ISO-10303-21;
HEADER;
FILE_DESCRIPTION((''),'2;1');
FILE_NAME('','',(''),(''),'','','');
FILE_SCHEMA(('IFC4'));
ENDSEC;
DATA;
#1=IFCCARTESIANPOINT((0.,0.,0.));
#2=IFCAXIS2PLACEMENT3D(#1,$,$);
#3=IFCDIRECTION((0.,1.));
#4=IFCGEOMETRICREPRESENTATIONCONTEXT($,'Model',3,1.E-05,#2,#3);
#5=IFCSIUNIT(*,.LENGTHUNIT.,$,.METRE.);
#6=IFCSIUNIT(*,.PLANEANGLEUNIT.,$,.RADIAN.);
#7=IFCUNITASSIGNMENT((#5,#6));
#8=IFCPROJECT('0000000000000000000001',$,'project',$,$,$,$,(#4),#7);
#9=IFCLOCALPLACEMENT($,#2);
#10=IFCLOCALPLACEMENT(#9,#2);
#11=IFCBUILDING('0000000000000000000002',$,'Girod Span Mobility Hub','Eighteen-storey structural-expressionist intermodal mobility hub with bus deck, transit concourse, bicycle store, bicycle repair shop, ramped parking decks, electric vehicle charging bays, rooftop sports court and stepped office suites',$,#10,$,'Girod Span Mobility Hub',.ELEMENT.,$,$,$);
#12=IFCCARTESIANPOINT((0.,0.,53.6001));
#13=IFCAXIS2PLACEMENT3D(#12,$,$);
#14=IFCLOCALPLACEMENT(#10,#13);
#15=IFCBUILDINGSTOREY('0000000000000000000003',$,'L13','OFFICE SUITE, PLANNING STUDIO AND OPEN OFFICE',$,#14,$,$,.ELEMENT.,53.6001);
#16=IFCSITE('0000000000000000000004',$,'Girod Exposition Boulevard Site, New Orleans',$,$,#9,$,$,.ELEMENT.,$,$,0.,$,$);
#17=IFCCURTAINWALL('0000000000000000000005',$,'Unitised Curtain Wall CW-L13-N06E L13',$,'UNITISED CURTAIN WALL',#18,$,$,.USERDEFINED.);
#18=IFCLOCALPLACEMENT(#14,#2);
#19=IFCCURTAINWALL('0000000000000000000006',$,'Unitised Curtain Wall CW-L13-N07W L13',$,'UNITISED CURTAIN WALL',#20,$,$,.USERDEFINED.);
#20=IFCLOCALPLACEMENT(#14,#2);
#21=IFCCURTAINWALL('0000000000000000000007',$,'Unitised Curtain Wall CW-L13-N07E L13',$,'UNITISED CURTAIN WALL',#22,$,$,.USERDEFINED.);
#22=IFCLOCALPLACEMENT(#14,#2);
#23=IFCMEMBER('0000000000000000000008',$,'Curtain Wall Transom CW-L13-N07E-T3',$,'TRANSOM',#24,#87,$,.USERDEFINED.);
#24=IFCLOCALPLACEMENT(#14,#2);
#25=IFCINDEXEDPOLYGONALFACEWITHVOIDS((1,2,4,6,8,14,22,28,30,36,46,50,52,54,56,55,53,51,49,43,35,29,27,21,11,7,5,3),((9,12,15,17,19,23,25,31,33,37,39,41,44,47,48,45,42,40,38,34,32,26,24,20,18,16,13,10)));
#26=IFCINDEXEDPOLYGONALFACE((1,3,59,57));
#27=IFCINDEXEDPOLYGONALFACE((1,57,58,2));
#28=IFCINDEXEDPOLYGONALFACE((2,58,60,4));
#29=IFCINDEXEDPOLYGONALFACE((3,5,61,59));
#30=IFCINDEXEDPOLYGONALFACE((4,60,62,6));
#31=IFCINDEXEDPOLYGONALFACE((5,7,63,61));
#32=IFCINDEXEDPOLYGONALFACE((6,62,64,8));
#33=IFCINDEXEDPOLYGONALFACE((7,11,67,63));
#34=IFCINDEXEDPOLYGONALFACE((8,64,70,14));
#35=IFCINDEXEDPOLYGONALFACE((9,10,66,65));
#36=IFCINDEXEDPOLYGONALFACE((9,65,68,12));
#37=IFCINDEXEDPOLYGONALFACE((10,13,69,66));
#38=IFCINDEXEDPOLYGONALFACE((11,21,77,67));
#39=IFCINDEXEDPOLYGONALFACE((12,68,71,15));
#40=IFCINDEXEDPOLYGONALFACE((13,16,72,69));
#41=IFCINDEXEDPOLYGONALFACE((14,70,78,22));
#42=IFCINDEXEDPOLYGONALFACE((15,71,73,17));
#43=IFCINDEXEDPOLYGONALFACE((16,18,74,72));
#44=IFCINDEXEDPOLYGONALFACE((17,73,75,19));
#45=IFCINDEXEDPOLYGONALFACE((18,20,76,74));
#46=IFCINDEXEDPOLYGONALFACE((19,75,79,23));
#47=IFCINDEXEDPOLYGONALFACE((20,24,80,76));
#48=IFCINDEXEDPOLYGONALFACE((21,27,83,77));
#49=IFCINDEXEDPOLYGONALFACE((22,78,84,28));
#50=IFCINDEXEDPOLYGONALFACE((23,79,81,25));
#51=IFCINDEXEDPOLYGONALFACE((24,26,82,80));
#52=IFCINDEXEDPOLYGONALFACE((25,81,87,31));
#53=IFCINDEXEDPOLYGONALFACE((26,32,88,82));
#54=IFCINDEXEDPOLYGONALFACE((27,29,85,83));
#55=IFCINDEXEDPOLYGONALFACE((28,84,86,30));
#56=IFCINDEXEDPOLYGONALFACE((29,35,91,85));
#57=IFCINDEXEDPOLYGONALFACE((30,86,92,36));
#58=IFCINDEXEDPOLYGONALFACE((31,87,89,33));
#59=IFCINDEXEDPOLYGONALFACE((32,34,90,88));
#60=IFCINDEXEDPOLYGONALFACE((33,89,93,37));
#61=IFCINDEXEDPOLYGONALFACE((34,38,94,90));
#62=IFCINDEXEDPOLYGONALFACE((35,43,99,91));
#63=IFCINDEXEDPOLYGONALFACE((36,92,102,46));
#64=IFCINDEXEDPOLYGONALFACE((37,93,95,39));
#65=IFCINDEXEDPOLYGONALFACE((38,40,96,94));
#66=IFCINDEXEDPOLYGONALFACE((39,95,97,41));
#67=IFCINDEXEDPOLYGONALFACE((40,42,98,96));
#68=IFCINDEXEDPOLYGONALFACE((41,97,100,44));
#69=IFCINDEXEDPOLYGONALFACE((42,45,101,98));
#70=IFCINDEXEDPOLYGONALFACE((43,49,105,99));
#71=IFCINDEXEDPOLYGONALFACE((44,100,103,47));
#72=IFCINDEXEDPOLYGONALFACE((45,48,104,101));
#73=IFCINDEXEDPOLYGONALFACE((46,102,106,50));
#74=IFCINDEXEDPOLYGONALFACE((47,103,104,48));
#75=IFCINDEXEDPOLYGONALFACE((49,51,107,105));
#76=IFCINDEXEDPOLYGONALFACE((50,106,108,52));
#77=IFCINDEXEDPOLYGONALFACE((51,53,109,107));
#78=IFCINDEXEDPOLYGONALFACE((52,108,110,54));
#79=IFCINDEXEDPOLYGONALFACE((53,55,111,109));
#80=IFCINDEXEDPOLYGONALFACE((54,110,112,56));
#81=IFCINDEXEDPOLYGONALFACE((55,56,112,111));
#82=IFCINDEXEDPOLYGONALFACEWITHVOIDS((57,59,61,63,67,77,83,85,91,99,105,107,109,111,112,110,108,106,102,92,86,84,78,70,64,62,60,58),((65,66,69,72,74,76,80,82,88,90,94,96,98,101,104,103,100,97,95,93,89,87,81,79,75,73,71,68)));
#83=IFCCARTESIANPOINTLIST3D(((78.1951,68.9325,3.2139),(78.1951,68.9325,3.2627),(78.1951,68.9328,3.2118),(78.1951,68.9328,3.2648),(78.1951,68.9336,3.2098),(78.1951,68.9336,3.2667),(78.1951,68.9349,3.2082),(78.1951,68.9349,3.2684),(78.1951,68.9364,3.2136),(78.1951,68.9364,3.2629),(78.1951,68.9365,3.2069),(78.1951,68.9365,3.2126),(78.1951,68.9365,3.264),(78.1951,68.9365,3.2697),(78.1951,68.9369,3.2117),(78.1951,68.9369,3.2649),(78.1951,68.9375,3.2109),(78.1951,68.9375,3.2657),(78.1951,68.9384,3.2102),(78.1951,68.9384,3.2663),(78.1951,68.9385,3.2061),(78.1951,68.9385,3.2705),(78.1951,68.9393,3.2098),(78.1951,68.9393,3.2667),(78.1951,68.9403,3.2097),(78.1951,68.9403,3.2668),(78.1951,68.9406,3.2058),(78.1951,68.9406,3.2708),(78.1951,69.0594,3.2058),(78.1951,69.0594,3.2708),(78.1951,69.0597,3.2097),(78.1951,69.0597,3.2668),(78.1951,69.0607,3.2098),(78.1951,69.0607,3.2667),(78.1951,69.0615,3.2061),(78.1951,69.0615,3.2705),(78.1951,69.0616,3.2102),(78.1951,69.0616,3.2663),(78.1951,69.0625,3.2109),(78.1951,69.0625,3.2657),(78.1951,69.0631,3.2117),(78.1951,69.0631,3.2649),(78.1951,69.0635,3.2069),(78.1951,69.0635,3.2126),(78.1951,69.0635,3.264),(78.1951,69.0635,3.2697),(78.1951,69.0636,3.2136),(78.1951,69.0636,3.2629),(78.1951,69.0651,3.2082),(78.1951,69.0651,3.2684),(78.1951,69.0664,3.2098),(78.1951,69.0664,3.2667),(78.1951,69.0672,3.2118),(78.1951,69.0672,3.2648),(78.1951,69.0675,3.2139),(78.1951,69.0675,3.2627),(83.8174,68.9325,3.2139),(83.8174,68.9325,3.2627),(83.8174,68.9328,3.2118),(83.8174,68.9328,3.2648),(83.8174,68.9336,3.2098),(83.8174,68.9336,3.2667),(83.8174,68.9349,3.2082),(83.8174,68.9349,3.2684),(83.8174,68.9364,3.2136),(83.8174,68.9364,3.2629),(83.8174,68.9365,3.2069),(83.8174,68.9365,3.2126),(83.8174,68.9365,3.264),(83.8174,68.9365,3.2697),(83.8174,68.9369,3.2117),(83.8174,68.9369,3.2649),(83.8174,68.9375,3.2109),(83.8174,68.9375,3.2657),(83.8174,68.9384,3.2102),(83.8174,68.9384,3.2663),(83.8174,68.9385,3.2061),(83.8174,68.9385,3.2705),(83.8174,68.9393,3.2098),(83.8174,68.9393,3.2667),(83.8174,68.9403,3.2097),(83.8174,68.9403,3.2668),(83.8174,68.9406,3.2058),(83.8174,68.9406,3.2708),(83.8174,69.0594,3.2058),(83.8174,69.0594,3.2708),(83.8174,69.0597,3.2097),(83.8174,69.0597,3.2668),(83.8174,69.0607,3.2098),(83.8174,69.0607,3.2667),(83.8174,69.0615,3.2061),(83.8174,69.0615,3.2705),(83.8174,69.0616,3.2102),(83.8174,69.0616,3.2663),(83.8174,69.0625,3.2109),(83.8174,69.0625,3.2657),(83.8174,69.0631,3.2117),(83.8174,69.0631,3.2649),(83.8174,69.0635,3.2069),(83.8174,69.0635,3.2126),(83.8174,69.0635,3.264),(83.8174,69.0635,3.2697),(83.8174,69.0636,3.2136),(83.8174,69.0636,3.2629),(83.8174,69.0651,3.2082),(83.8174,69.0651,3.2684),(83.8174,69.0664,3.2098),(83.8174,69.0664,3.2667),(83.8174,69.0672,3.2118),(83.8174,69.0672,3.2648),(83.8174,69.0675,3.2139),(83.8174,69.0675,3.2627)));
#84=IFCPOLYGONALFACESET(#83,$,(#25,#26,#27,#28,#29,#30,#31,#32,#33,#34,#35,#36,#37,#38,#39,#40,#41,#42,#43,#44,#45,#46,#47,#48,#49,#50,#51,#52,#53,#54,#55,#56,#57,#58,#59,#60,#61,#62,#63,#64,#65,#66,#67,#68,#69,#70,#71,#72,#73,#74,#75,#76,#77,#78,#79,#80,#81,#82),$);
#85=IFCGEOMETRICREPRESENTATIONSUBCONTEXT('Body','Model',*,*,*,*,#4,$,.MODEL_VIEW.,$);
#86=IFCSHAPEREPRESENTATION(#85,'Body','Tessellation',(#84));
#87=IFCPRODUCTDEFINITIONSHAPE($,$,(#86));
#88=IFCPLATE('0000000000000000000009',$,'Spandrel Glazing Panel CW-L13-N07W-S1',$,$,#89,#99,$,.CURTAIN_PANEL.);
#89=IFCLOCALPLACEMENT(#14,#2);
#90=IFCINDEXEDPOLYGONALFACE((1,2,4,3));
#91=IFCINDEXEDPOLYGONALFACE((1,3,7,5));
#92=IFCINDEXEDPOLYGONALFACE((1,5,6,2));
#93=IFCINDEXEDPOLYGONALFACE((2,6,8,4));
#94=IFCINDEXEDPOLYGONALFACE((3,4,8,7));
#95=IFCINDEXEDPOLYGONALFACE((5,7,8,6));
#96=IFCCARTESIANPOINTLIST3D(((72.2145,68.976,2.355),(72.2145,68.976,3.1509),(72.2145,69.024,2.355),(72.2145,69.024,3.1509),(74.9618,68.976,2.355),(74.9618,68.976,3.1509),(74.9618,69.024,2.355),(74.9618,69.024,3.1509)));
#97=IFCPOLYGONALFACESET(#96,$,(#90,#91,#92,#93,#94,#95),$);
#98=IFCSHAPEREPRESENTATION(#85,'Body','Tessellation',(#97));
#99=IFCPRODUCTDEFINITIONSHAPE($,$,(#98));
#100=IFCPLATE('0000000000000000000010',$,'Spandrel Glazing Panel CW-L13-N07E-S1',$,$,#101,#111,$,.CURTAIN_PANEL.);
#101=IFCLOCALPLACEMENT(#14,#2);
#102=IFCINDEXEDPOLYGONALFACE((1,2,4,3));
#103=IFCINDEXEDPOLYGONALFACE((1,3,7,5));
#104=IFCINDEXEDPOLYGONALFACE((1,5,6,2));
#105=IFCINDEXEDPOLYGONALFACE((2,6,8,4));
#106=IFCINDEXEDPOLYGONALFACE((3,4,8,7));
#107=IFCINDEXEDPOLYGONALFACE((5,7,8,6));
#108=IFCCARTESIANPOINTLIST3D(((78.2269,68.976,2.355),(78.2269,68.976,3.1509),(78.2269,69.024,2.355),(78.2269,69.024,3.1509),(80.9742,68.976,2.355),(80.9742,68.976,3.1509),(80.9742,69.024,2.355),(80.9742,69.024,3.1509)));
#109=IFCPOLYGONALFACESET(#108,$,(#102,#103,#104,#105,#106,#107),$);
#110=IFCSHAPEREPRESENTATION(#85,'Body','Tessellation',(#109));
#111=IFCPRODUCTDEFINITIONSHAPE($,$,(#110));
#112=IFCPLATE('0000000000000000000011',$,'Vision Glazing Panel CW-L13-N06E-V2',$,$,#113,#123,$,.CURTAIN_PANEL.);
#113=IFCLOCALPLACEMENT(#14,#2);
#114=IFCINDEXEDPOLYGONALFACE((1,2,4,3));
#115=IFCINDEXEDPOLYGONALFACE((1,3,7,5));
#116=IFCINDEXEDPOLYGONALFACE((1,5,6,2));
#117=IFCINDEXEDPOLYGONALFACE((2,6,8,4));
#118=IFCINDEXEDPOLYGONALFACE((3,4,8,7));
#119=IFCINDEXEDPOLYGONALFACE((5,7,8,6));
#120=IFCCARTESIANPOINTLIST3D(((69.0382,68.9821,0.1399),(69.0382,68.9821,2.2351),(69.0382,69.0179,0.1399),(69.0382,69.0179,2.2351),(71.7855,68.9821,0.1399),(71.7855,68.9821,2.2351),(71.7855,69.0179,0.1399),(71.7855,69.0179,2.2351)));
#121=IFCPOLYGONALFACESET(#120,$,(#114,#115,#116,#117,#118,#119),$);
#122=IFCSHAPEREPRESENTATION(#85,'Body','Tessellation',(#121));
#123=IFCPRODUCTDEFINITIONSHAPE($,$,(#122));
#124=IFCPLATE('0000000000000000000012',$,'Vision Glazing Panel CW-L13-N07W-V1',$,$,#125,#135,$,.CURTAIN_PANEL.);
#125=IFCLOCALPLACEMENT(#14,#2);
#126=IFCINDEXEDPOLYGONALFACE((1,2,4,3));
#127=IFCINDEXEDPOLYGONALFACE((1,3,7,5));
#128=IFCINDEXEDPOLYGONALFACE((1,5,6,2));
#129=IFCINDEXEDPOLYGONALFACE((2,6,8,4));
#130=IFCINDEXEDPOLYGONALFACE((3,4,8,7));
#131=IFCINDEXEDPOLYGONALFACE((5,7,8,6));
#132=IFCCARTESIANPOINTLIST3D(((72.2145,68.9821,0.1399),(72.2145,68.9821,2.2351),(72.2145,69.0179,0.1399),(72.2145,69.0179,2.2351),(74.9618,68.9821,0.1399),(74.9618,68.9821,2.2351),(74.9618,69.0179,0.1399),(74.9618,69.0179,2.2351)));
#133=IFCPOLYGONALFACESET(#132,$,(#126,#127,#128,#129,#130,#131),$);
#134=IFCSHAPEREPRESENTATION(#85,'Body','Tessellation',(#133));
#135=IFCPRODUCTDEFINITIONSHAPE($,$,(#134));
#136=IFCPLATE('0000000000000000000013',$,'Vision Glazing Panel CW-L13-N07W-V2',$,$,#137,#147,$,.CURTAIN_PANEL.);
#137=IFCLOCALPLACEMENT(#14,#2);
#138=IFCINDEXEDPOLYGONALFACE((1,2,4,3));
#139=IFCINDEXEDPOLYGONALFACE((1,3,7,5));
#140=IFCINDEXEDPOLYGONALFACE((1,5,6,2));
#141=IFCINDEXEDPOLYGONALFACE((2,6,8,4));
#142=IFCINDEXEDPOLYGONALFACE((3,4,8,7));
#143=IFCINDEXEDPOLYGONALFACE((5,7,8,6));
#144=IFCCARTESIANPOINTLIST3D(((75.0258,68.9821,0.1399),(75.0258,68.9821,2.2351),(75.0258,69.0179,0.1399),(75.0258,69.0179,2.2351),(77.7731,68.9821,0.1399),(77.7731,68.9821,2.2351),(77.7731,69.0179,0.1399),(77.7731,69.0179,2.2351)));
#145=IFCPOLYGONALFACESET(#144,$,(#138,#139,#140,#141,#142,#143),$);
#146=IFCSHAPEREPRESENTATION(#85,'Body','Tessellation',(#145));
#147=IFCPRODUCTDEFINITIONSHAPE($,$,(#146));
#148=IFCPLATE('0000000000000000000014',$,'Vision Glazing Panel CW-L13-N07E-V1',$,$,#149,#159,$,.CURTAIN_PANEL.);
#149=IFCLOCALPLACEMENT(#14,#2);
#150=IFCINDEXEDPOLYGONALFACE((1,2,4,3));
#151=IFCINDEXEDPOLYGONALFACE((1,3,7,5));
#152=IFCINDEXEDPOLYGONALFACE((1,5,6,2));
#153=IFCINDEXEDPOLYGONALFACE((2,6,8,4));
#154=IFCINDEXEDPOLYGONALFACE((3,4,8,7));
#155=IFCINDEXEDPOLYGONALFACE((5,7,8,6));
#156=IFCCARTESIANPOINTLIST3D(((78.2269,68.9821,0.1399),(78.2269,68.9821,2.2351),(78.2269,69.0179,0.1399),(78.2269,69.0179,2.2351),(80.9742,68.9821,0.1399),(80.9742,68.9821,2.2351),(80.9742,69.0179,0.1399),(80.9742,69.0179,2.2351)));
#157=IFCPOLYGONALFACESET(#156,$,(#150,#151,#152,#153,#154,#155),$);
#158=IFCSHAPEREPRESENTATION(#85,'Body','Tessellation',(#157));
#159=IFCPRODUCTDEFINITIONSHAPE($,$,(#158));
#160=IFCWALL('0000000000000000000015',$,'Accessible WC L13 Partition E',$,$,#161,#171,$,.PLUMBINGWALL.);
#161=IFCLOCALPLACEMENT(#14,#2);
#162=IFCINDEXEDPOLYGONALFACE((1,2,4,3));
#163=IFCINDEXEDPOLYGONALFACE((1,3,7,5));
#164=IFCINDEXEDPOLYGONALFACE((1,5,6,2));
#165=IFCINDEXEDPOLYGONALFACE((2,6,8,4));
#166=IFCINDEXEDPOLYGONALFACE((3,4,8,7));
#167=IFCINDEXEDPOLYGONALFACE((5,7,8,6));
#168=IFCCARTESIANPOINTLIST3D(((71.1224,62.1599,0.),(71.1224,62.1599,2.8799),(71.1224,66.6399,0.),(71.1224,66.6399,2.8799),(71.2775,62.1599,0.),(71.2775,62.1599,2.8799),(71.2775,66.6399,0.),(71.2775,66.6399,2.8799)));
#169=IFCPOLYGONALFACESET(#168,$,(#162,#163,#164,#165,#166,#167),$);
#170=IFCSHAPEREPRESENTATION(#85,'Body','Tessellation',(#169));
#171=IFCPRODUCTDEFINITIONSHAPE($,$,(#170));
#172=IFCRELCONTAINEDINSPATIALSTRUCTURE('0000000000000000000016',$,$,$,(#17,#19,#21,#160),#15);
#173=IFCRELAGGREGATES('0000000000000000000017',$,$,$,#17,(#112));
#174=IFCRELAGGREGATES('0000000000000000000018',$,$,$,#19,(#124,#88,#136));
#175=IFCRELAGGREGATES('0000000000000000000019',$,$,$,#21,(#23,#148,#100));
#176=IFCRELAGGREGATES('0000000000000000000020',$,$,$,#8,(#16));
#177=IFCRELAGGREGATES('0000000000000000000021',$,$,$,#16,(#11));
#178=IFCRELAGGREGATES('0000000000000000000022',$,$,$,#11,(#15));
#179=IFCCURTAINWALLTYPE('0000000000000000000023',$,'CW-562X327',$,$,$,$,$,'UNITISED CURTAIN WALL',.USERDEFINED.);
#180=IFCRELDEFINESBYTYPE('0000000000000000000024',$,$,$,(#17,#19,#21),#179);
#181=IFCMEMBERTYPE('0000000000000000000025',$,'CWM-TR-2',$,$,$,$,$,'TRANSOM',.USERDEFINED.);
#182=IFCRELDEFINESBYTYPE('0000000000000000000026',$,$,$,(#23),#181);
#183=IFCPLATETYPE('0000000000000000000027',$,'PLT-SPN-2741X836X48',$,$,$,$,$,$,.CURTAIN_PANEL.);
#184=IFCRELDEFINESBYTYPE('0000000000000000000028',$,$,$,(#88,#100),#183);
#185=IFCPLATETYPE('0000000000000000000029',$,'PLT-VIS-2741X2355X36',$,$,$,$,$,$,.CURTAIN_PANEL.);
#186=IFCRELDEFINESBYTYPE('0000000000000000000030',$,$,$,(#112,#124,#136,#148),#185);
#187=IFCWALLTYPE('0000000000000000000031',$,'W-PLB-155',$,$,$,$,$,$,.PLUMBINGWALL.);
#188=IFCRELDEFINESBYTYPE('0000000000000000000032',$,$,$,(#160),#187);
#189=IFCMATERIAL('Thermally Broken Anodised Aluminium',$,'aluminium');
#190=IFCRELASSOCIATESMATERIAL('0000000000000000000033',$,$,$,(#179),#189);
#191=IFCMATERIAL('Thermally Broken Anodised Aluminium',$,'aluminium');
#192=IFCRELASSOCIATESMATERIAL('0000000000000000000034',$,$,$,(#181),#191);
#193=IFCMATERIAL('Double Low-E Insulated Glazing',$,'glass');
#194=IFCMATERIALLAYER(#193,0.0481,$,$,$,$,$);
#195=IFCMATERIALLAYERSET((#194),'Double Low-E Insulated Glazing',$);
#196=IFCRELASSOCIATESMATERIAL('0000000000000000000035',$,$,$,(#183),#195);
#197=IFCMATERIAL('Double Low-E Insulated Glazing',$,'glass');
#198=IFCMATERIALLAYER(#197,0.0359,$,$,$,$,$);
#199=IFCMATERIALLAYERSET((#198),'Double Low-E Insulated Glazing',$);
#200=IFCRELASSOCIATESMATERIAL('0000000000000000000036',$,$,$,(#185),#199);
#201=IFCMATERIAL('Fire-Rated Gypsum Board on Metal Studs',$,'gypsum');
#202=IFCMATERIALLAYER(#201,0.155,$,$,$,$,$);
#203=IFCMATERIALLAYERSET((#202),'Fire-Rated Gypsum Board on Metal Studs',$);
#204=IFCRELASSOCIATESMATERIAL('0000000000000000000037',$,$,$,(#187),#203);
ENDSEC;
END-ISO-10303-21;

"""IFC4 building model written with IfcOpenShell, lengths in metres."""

from ifc_helpers import new_model, si_unit, direction, frame, frame_2d, origin, origin_2d, place, context, subcontext, project, spatial, rectangle, hollow_rectangle, extrude, material, layer, layer_set, material_profile, profile_set, type_object, element, aggregate, save


model = new_model("IFC4")

# Units and contexts
model_context = context("Model", 3, precision=1e-05, world=origin(), true_north=direction((0.0, 1.0)))
body_context = subcontext(model_context, "Body", "Model", "MODEL_VIEW")
ifc_project = project(units=[si_unit("LENGTHUNIT", "METRE"), si_unit("PLANEANGLEUNIT", "RADIAN")], contexts=[model_context])

# Site, building, storey
site_placement = place(None, origin())
site = spatial("IfcSite", under=ifc_project, at=site_placement, Name="Girod Exposition Boulevard Site, New Orleans", CompositionType="ELEMENT", RefElevation=0.0)
building_placement = place(site_placement, origin())
building = spatial("IfcBuilding", under=site, at=building_placement, Name="Girod Span Mobility Hub", Description="Eighteen-storey structural-expressionist intermodal mobility hub with bus deck, transit concourse, bicycle store, bicycle repair shop, ramped parking decks, electric vehicle charging bays, rooftop sports court and stepped office suites", LongName="Girod Span Mobility Hub", CompositionType="ELEMENT")
storey_placement = place(building_placement, frame((0.0, 0.0, 53.6001)))
storey = spatial("IfcBuildingStorey", under=building, at=storey_placement, Name="L13", Description="OFFICE SUITE, PLANNING STUDIO AND OPEN OFFICE", CompositionType="ELEMENT", Elevation=53.6001)

# Curtain wall
ifc_material_1 = material(Name="Thermally Broken Anodised Aluminium", Category="aluminium")
curtain_wall_type = type_object("IfcCurtainWallType", Name="CW-562X327", ElementType="UNITISED CURTAIN WALL", PredefinedType="USERDEFINED", material=ifc_material_1)
curtain_wall_1_placement = place(storey_placement, origin())
curtain_wall_1 = element("IfcCurtainWall", 1, at=curtain_wall_1_placement, inside=storey, type_object=curtain_wall_type, Name="Unitised Curtain Wall CW-L13-N06E L13", ObjectType="UNITISED CURTAIN WALL", PredefinedType="USERDEFINED")

# Curtain wall
curtain_wall_2_placement = place(storey_placement, origin())
curtain_wall_2 = element("IfcCurtainWall", 2, at=curtain_wall_2_placement, inside=storey, type_object=curtain_wall_type, Name="Unitised Curtain Wall CW-L13-N07W L13", ObjectType="UNITISED CURTAIN WALL", PredefinedType="USERDEFINED")

# Curtain wall
curtain_wall_3_placement = place(storey_placement, origin())
curtain_wall_3 = element("IfcCurtainWall", 3, at=curtain_wall_3_placement, inside=storey, type_object=curtain_wall_type, Name="Unitised Curtain Wall CW-L13-N07E L13", ObjectType="UNITISED CURTAIN WALL", PredefinedType="USERDEFINED")

# Member
ifc_material_2 = material(Name="Thermally Broken Anodised Aluminium", Category="aluminium")
ifc_material_profile_1 = material_profile(ifc_material_2, hollow_rectangle(XDim=0.135, YDim=0.0649, WallThickness=0.0039, InnerFilletRadius=0.0039, OuterFilletRadius=0.0081, at=origin_2d()), Name="CW-TR-65X135")
ifc_profile_set_1 = profile_set([ifc_material_profile_1], Name="Thermally Broken Anodised Aluminium")
member_type_1 = type_object("IfcMemberType", Name="CWM-TR-2", ElementType="TRANSOM", PredefinedType="USERDEFINED", material=ifc_profile_set_1)
member_1_placement = place(storey_placement, frame((78.1951, 69.0, 3.2383), z_axis=(1.0, 0.0, 0.0), x_axis=(0.0, 1.0, 0.0)))
member_1 = element("IfcMember", 4, at=member_1_placement, type_object=member_type_1, Name="Curtain Wall Transom CW-L13-N07E-T3", ObjectType="TRANSOM", PredefinedType="USERDEFINED", context=body_context, shape_type="SweptSolid", body=[
    extrude(hollow_rectangle(XDim=0.135, YDim=0.0649, WallThickness=0.0039, InnerFilletRadius=0.0039, OuterFilletRadius=0.0081, at=origin_2d()), origin(), (0.0, 0.0, 1.0), 5.6223),
])

# Plates
ifc_material_3 = material(Name="Double Low-E Insulated Glazing", Category="glass")
ifc_layer_1 = layer(ifc_material_3, 0.0481)
ifc_layer_set_1 = layer_set([ifc_layer_1], Name="Double Low-E Insulated Glazing")
plate_type_1 = type_object("IfcPlateType", Name="PLT-SPN-2741X836X48", PredefinedType="CURTAIN_PANEL", material=ifc_layer_set_1)
plate_1_placement = place(storey_placement, frame((73.5881, 69.0, 2.355), z_axis=(0.0, 0.0, 1.0), x_axis=(1.0, 0.0, 0.0)))
plate_1 = element("IfcPlate", 5, at=plate_1_placement, type_object=plate_type_1, Name="Spandrel Glazing Panel CW-L13-N07W-S1", PredefinedType="CURTAIN_PANEL", context=body_context, shape_type="SweptSolid", body=[
    extrude(rectangle(XDim=2.7473, YDim=0.0481, at=origin_2d()), origin(), (0.0, 0.0, 1.0), 0.7959),
])
plate_2_placement = place(storey_placement, frame((79.6006, 69.0, 2.355), z_axis=(0.0, 0.0, 1.0), x_axis=(1.0, 0.0, 0.0)))
plate_2 = element("IfcPlate", 6, at=plate_2_placement, type_object=plate_type_1, Name="Spandrel Glazing Panel CW-L13-N07E-S1", PredefinedType="CURTAIN_PANEL", context=body_context, shape_type="SweptSolid", body=[
    extrude(rectangle(XDim=2.7473, YDim=0.0481, at=origin_2d()), origin(), (0.0, 0.0, 1.0), 0.7959),
])
ifc_material_4 = material(Name="Double Low-E Insulated Glazing", Category="glass")
ifc_layer_2 = layer(ifc_material_4, 0.0359)
ifc_layer_set_2 = layer_set([ifc_layer_2], Name="Double Low-E Insulated Glazing")
plate_type_2 = type_object("IfcPlateType", Name="PLT-VIS-2741X2355X36", PredefinedType="CURTAIN_PANEL", material=ifc_layer_set_2)
plate_3_placement = place(storey_placement, frame((70.4119, 69.0, 0.1399), z_axis=(0.0, 0.0, 1.0), x_axis=(1.0, 0.0, 0.0)))
plate_3 = element("IfcPlate", 7, at=plate_3_placement, type_object=plate_type_2, Name="Vision Glazing Panel CW-L13-N06E-V2", PredefinedType="CURTAIN_PANEL", context=body_context, shape_type="SweptSolid", body=[
    extrude(rectangle(XDim=2.7473, YDim=0.0359, at=origin_2d()), origin(), (0.0, 0.0, 1.0), 2.0952),
])
aggregate(curtain_wall_1, [plate_3])
plate_4_placement = place(storey_placement, frame((73.5881, 69.0, 0.1399), z_axis=(0.0, 0.0, 1.0), x_axis=(1.0, 0.0, 0.0)))
plate_4 = element("IfcPlate", 8, at=plate_4_placement, type_object=plate_type_2, Name="Vision Glazing Panel CW-L13-N07W-V1", PredefinedType="CURTAIN_PANEL", context=body_context, shape_type="SweptSolid", body=[
    extrude(rectangle(XDim=2.7473, YDim=0.0359, at=origin_2d()), origin(), (0.0, 0.0, 1.0), 2.0952),
])
plate_5_placement = place(storey_placement, frame((76.3994, 69.0, 0.1399), z_axis=(0.0, 0.0, 1.0), x_axis=(1.0, 0.0, 0.0)))
plate_5 = element("IfcPlate", 9, at=plate_5_placement, type_object=plate_type_2, Name="Vision Glazing Panel CW-L13-N07W-V2", PredefinedType="CURTAIN_PANEL", context=body_context, shape_type="SweptSolid", body=[
    extrude(rectangle(XDim=2.7473, YDim=0.0359, at=origin_2d()), origin(), (0.0, 0.0, 1.0), 2.0952),
])
aggregate(curtain_wall_2, [plate_4, plate_1, plate_5])
plate_6_placement = place(storey_placement, frame((79.6006, 69.0, 0.1399), z_axis=(0.0, 0.0, 1.0), x_axis=(1.0, 0.0, 0.0)))
plate_6 = element("IfcPlate", 10, at=plate_6_placement, type_object=plate_type_2, Name="Vision Glazing Panel CW-L13-N07E-V1", PredefinedType="CURTAIN_PANEL", context=body_context, shape_type="SweptSolid", body=[
    extrude(rectangle(XDim=2.7473, YDim=0.0359, at=origin_2d()), origin(), (0.0, 0.0, 1.0), 2.0952),
])
aggregate(curtain_wall_3, [member_1, plate_6, plate_2])

# Wall
ifc_material_5 = material(Name="Fire-Rated Gypsum Board on Metal Studs", Category="gypsum")
ifc_layer_3 = layer(ifc_material_5, 0.155)
ifc_layer_set_3 = layer_set([ifc_layer_3], Name="Fire-Rated Gypsum Board on Metal Studs")
wall_type_1 = type_object("IfcWallType", Name="W-PLB-155", PredefinedType="PLUMBINGWALL", material=ifc_layer_set_3)
wall_1_placement = place(storey_placement, frame((71.2, 62.1599, 0.0), z_axis=(0.0, 0.0, 1.0), x_axis=(0.0, 1.0, 0.0)))
element("IfcWall", 11, at=wall_1_placement, inside=storey, type_object=wall_type_1, Name="Accessible WC L13 Partition E", PredefinedType="PLUMBINGWALL", context=body_context, shape_type="SweptSolid", body=[
    extrude(rectangle(XDim=4.48, YDim=0.155, at=frame_2d((2.24, 0.0))), origin(), (0.0, 0.0, 1.0), 2.8799),
])

save(model, "model.ifc")
